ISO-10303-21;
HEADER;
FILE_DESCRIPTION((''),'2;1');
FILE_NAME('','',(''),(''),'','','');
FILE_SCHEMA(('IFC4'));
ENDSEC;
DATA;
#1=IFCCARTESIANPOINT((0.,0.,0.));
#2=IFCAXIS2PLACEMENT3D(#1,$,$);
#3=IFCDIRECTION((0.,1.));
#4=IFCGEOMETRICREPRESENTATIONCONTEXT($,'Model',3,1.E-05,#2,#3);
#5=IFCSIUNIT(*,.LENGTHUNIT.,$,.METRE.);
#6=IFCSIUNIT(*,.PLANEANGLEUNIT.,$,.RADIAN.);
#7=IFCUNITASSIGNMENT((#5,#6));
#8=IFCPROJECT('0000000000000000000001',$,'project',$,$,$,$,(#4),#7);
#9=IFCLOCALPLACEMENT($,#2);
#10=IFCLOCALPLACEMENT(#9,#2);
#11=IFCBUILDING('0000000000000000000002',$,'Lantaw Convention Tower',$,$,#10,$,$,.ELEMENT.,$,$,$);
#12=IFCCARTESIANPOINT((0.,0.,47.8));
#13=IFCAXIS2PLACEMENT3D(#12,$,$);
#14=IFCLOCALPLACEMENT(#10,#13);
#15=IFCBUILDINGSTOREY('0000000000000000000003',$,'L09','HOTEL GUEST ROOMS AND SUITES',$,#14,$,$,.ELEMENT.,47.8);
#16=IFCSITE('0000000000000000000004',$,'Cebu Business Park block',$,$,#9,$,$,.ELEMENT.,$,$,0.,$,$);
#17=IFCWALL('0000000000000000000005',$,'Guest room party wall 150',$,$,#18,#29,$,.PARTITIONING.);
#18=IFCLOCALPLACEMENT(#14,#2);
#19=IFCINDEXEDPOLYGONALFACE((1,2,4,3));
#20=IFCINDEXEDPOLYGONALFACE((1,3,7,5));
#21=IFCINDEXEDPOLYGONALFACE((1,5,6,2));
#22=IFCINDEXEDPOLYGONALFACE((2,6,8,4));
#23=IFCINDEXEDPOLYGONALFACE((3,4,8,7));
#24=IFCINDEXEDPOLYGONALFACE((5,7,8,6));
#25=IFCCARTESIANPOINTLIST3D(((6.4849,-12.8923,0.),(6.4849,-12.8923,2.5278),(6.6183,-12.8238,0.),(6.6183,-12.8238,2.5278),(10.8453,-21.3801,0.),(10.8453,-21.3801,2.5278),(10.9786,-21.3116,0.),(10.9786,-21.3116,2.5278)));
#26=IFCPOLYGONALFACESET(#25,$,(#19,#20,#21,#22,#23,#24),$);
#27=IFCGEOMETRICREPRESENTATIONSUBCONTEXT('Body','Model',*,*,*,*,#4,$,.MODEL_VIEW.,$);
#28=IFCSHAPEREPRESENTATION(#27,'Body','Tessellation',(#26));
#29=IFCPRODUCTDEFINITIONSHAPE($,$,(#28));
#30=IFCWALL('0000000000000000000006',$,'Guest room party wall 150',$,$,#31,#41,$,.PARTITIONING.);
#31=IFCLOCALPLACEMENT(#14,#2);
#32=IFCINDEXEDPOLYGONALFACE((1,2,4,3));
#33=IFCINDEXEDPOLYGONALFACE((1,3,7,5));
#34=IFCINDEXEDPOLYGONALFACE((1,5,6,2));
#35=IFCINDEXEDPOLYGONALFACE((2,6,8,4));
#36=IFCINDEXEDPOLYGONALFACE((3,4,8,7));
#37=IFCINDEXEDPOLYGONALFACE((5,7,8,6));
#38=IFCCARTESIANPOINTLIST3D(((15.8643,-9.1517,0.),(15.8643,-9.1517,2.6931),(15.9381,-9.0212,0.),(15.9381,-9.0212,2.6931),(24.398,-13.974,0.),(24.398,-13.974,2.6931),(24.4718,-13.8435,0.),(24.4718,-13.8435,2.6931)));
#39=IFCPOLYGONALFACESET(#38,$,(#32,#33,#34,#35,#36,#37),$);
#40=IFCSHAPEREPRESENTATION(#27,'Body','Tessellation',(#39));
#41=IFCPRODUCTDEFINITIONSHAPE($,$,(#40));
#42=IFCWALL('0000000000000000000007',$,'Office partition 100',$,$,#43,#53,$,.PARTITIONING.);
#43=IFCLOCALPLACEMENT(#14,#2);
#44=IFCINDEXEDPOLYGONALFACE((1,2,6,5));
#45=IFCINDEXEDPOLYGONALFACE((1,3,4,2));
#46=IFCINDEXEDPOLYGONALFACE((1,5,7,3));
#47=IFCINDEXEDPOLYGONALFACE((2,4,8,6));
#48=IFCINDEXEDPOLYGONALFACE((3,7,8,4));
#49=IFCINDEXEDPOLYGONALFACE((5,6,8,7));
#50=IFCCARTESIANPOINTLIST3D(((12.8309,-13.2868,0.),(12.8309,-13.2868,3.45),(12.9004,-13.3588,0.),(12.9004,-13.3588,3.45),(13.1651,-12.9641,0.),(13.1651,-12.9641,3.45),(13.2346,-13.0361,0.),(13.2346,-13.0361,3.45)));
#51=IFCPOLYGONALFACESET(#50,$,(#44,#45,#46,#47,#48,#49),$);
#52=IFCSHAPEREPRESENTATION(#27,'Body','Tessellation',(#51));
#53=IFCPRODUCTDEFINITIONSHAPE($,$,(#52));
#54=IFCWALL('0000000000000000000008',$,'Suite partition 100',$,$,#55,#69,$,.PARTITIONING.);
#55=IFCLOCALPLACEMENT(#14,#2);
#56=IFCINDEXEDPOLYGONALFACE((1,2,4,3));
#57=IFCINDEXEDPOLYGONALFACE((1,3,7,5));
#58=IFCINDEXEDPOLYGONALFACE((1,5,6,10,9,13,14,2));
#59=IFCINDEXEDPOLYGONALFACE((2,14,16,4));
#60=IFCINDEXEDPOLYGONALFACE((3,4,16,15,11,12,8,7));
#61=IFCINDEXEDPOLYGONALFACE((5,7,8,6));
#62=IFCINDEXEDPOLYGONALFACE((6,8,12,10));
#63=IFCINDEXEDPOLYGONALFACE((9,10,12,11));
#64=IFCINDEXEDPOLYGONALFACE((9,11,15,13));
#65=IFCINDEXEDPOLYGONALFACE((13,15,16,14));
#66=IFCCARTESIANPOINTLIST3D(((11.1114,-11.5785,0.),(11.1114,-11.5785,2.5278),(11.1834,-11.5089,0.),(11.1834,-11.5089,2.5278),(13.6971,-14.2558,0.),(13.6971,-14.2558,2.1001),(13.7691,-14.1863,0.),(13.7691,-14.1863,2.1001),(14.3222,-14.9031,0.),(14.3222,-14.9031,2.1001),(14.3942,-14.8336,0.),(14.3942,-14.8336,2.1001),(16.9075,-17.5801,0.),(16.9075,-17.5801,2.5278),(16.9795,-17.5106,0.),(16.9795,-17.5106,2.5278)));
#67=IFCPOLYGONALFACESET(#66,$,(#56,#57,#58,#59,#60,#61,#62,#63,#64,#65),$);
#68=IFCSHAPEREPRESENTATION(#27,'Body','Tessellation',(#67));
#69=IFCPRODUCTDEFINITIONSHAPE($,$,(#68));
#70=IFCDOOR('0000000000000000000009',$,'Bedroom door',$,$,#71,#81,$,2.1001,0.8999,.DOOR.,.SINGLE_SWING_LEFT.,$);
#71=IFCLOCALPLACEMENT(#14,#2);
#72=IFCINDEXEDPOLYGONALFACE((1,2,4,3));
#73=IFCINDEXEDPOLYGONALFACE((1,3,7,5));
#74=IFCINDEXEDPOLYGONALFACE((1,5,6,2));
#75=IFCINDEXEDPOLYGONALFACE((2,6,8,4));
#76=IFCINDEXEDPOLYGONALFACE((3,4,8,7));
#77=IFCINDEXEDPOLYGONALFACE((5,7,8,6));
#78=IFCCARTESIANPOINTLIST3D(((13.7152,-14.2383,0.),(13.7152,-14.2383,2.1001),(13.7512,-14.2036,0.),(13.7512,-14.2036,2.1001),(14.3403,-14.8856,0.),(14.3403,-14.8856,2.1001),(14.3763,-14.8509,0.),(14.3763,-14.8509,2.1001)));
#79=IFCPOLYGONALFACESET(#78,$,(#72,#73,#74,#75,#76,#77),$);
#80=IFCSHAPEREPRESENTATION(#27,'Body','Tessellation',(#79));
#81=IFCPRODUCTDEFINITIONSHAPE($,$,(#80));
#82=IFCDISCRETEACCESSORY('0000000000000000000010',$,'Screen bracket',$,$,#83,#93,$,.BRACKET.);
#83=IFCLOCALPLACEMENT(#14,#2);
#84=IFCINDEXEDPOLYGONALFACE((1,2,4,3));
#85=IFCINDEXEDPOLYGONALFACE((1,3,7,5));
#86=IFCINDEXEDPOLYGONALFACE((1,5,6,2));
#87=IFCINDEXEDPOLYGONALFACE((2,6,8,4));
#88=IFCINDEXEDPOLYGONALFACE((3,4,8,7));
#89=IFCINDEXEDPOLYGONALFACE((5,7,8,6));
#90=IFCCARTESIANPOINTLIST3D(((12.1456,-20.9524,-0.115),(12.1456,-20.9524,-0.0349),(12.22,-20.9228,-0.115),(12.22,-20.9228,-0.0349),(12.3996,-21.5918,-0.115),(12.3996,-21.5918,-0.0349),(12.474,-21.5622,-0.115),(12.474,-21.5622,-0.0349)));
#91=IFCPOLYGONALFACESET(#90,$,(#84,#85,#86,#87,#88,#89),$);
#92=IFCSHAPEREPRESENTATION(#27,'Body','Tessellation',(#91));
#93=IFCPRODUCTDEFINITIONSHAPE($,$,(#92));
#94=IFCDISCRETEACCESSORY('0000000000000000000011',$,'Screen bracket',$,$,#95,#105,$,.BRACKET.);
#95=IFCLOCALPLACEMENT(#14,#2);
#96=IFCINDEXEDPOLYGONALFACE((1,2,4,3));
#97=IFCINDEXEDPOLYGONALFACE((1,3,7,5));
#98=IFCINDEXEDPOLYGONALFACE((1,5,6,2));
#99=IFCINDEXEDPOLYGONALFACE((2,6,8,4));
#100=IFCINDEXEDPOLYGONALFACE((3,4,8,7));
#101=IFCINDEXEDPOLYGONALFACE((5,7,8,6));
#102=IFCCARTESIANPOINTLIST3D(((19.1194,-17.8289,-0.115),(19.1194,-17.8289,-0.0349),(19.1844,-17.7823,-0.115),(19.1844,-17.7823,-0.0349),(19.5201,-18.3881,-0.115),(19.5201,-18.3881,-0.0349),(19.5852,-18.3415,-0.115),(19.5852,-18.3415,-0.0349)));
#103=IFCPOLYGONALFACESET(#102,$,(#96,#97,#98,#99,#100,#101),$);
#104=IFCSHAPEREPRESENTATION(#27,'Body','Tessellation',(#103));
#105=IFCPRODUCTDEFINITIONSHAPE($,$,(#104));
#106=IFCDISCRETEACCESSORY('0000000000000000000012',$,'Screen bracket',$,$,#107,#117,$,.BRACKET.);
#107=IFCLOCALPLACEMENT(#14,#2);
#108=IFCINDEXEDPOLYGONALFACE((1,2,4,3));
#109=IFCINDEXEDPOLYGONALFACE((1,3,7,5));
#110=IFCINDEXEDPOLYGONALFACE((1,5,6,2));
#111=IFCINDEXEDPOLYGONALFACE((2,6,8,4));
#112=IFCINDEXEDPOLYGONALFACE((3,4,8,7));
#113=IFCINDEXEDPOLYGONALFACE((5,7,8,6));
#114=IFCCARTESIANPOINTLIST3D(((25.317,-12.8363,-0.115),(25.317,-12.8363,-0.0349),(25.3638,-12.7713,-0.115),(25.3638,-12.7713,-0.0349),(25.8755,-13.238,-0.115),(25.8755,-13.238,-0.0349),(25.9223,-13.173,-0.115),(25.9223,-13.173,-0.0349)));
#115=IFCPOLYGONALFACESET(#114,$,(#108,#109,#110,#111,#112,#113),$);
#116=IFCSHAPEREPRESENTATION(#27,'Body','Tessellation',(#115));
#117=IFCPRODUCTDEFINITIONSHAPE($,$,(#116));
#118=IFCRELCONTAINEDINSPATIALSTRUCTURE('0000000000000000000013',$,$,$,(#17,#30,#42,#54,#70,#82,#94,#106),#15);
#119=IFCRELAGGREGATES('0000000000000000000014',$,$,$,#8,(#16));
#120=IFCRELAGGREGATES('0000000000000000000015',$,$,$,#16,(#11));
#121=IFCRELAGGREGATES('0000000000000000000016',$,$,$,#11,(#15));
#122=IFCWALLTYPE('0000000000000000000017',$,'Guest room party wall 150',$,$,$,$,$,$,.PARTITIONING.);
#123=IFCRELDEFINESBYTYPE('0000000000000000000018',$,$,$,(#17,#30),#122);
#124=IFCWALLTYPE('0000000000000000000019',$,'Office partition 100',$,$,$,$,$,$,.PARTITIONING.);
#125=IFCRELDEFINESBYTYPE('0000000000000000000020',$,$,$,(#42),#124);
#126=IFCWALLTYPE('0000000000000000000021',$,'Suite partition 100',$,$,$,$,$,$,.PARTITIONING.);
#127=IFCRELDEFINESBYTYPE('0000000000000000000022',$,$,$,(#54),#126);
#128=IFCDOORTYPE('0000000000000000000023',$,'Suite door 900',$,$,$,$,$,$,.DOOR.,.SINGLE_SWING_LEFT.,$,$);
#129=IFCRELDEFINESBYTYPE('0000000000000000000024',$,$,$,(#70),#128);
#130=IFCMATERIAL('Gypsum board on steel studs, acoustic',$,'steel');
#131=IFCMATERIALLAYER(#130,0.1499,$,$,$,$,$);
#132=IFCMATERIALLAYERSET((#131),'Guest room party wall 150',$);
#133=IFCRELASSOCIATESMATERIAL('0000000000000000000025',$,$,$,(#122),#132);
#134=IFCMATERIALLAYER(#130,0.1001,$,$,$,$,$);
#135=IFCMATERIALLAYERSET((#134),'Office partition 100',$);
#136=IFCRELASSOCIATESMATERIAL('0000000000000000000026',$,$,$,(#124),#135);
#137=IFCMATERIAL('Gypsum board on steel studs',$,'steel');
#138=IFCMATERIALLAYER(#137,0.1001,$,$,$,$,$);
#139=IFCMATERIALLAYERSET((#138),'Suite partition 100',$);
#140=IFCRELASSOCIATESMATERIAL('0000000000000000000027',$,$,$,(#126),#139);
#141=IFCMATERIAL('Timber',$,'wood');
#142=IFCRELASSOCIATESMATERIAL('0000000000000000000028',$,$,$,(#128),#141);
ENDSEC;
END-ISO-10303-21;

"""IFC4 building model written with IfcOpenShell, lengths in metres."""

from ifc_helpers import new_model, si_unit, direction, frame, frame_2d, origin, origin_2d, place, context, subcontext, project, spatial, rectangle, extrude, material, layer, layer_set, type_object, element, fill, save


model = new_model("IFC4")

# Units and contexts
model_context = context("Model", 3, precision=1e-05, world=origin(), true_north=direction((0.0, 1.0)))
body_context = subcontext(model_context, "Body", "Model", "MODEL_VIEW")
ifc_project = project(units=[si_unit("LENGTHUNIT", "METRE"), si_unit("PLANEANGLEUNIT", "RADIAN")], contexts=[model_context])

# Site, building, storey
site_placement = place(None, origin())
site = spatial("IfcSite", under=ifc_project, at=site_placement, Name="Cebu Business Park block", CompositionType="ELEMENT", RefElevation=0.0)
building_placement = place(site_placement, origin())
building = spatial("IfcBuilding", under=site, at=building_placement, Name="Lantaw Convention Tower", CompositionType="ELEMENT")
storey_placement = place(building_placement, frame((0.0, 0.0, 47.8)))
storey = spatial("IfcBuildingStorey", under=building, at=storey_placement, Name="L09", Description="HOTEL GUEST ROOMS AND SUITES", CompositionType="ELEMENT", Elevation=47.8)

# Walls
ifc_material_1 = material(Name="Gypsum board on steel studs, acoustic", Category="steel")
ifc_layer_1 = layer(ifc_material_1, 0.1499)
ifc_layer_set_1 = layer_set([ifc_layer_1], Name="Guest room party wall 150")
wall_type_1 = type_object("IfcWallType", Name="Guest room party wall 150", PredefinedType="PARTITIONING", material=ifc_layer_set_1)
wall_1_placement = place(storey_placement, frame((10.9119, -21.3457, 0.0), z_axis=(0.0, 0.0, 1.0), x_axis=(-0.45695, 0.889492, 0.0)))
element("IfcWall", 1, at=wall_1_placement, inside=storey, type_object=wall_type_1, Name="Guest room party wall 150", PredefinedType="PARTITIONING", context=body_context, shape_type="SweptSolid", body=[
    extrude(rectangle(XDim=9.5422, YDim=0.1499, at=frame_2d((4.771, 0.0))), origin(), (0.0, 0.0, 1.0), 2.5278),
])
wall_2_placement = place(storey_placement, frame((24.4348, -13.9087, 0.0), z_axis=(0.0, 0.0, 1.0), x_axis=(-0.870612, 0.49197, 0.0)))
element("IfcWall", 2, at=wall_2_placement, inside=storey, type_object=wall_type_1, Name="Guest room party wall 150", PredefinedType="PARTITIONING", context=body_context, shape_type="SweptSolid", body=[
    extrude(rectangle(XDim=9.802, YDim=0.1499, at=frame_2d((4.9009, 0.0))), origin(), (0.0, 0.0, 1.0), 2.6931),
])
ifc_layer_2 = layer(ifc_material_1, 0.1001)
ifc_layer_set_2 = layer_set([ifc_layer_2], Name="Office partition 100")
wall_type_2 = type_object("IfcWallType", Name="Office partition 100", PredefinedType="PARTITIONING", material=ifc_layer_set_2)
wall_3_placement = place(storey_placement, frame((13.2, -13.0, 0.0), z_axis=(0.0, 0.0, 1.0), x_axis=(-0.719347, -0.694651, 0.0)))
element("IfcWall", 3, at=wall_3_placement, inside=storey, type_object=wall_type_2, Name="Office partition 100", PredefinedType="PARTITIONING", context=body_context, shape_type="SweptSolid", body=[
    extrude(rectangle(XDim=0.4646, YDim=0.1001, at=frame_2d((0.2324, 0.0))), origin(), (0.0, 0.0, 1.0), 3.45),
])

# Wall, opening, door
ifc_material_2 = material(Name="Gypsum board on steel studs", Category="steel")
ifc_layer_3 = layer(ifc_material_2, 0.1001)
ifc_layer_set_3 = layer_set([ifc_layer_3], Name="Suite partition 100")
wall_type_3 = type_object("IfcWallType", Name="Suite partition 100", PredefinedType="PARTITIONING", material=ifc_layer_set_3)
wall_4_placement = place(storey_placement, frame((16.9436, -17.5454, 0.0), z_axis=(0.0, 0.0, 1.0), x_axis=(-0.694681, 0.719318, 0.0)))
wall_4 = element("IfcWall", 4, at=wall_4_placement, inside=storey, type_object=wall_type_3, Name="Suite partition 100", PredefinedType="PARTITIONING", context=body_context, shape_type="SweptSolid", body=[
    extrude(rectangle(XDim=8.3435, YDim=0.1001, at=frame_2d((4.1719, 0.0))), origin(), (0.0, 0.0, 1.0), 2.5278),
])
opening_1_placement = place(wall_4_placement, frame((3.7217, 0.0, 0.0)))
opening_1 = element("IfcOpeningElement", 5, at=opening_1_placement, cuts=wall_4, PredefinedType="OPENING", context=body_context, shape_type="SweptSolid", body=[
    extrude(rectangle(XDim=0.8999, YDim=2.1001, at=frame_2d((0.45, 1.05))), frame((0.0, 0.0601, 0.0), z_axis=(0.0, -1.0, 0.0), x_axis=(1.0, 0.0, 0.0)), (0.0, 0.0, 1.0), 0.1201),
])
ifc_material_3 = material(Name="Timber", Category="wood")
door_type_1 = type_object("IfcDoorType", Name="Suite door 900", OperationType="SINGLE_SWING_LEFT", PredefinedType="DOOR", material=ifc_material_3)
door_1_placement = place(opening_1_placement, origin())
door_1 = element("IfcDoor", 6, at=door_1_placement, inside=storey, type_object=door_type_1, Name="Bedroom door", OperationType="SINGLE_SWING_LEFT", OverallHeight=2.1001, OverallWidth=0.8999, PredefinedType="DOOR", context=body_context, shape_type="SweptSolid", body=[
    extrude(rectangle(XDim=0.8999, YDim=2.1001, at=frame_2d((0.45, 1.05))), frame((0.0, 0.0249, 0.0), z_axis=(0.0, -1.0, 0.0), x_axis=(1.0, 0.0, 0.0)), (0.0, 0.0, 1.0), 0.05),
])
fill(opening_1, door_1)

# Discrete accessories
for number, where, z_axis, x_axis, name in (
    (7, (12.3098, -21.2573, -0.115), (0.0, 0.0, 1.0), (0.929361, 0.369172, 0.0), "Screen bracket"),
    (8, (19.3523, -18.0852, -0.115), (0.0, 0.0, 1.0), (0.812804, 0.582538, 0.0), "Screen bracket"),
    (9, (25.6196, -13.0046, -0.115), (0.0, 0.0, 1.0), (0.583951, 0.811789, 0.0), "Screen bracket"),
):
    element("IfcDiscreteAccessory", number, at=place(storey_placement, frame(where, z_axis=z_axis, x_axis=x_axis)), inside=storey, Name=name, PredefinedType="BRACKET", context=body_context, shape_type="SweptSolid", body=[
        extrude(rectangle(XDim=0.0801, YDim=0.688, at=origin_2d()), origin(), (0.0, 0.0, 1.0), 0.0801),
    ])

save(model, "model.ifc")
